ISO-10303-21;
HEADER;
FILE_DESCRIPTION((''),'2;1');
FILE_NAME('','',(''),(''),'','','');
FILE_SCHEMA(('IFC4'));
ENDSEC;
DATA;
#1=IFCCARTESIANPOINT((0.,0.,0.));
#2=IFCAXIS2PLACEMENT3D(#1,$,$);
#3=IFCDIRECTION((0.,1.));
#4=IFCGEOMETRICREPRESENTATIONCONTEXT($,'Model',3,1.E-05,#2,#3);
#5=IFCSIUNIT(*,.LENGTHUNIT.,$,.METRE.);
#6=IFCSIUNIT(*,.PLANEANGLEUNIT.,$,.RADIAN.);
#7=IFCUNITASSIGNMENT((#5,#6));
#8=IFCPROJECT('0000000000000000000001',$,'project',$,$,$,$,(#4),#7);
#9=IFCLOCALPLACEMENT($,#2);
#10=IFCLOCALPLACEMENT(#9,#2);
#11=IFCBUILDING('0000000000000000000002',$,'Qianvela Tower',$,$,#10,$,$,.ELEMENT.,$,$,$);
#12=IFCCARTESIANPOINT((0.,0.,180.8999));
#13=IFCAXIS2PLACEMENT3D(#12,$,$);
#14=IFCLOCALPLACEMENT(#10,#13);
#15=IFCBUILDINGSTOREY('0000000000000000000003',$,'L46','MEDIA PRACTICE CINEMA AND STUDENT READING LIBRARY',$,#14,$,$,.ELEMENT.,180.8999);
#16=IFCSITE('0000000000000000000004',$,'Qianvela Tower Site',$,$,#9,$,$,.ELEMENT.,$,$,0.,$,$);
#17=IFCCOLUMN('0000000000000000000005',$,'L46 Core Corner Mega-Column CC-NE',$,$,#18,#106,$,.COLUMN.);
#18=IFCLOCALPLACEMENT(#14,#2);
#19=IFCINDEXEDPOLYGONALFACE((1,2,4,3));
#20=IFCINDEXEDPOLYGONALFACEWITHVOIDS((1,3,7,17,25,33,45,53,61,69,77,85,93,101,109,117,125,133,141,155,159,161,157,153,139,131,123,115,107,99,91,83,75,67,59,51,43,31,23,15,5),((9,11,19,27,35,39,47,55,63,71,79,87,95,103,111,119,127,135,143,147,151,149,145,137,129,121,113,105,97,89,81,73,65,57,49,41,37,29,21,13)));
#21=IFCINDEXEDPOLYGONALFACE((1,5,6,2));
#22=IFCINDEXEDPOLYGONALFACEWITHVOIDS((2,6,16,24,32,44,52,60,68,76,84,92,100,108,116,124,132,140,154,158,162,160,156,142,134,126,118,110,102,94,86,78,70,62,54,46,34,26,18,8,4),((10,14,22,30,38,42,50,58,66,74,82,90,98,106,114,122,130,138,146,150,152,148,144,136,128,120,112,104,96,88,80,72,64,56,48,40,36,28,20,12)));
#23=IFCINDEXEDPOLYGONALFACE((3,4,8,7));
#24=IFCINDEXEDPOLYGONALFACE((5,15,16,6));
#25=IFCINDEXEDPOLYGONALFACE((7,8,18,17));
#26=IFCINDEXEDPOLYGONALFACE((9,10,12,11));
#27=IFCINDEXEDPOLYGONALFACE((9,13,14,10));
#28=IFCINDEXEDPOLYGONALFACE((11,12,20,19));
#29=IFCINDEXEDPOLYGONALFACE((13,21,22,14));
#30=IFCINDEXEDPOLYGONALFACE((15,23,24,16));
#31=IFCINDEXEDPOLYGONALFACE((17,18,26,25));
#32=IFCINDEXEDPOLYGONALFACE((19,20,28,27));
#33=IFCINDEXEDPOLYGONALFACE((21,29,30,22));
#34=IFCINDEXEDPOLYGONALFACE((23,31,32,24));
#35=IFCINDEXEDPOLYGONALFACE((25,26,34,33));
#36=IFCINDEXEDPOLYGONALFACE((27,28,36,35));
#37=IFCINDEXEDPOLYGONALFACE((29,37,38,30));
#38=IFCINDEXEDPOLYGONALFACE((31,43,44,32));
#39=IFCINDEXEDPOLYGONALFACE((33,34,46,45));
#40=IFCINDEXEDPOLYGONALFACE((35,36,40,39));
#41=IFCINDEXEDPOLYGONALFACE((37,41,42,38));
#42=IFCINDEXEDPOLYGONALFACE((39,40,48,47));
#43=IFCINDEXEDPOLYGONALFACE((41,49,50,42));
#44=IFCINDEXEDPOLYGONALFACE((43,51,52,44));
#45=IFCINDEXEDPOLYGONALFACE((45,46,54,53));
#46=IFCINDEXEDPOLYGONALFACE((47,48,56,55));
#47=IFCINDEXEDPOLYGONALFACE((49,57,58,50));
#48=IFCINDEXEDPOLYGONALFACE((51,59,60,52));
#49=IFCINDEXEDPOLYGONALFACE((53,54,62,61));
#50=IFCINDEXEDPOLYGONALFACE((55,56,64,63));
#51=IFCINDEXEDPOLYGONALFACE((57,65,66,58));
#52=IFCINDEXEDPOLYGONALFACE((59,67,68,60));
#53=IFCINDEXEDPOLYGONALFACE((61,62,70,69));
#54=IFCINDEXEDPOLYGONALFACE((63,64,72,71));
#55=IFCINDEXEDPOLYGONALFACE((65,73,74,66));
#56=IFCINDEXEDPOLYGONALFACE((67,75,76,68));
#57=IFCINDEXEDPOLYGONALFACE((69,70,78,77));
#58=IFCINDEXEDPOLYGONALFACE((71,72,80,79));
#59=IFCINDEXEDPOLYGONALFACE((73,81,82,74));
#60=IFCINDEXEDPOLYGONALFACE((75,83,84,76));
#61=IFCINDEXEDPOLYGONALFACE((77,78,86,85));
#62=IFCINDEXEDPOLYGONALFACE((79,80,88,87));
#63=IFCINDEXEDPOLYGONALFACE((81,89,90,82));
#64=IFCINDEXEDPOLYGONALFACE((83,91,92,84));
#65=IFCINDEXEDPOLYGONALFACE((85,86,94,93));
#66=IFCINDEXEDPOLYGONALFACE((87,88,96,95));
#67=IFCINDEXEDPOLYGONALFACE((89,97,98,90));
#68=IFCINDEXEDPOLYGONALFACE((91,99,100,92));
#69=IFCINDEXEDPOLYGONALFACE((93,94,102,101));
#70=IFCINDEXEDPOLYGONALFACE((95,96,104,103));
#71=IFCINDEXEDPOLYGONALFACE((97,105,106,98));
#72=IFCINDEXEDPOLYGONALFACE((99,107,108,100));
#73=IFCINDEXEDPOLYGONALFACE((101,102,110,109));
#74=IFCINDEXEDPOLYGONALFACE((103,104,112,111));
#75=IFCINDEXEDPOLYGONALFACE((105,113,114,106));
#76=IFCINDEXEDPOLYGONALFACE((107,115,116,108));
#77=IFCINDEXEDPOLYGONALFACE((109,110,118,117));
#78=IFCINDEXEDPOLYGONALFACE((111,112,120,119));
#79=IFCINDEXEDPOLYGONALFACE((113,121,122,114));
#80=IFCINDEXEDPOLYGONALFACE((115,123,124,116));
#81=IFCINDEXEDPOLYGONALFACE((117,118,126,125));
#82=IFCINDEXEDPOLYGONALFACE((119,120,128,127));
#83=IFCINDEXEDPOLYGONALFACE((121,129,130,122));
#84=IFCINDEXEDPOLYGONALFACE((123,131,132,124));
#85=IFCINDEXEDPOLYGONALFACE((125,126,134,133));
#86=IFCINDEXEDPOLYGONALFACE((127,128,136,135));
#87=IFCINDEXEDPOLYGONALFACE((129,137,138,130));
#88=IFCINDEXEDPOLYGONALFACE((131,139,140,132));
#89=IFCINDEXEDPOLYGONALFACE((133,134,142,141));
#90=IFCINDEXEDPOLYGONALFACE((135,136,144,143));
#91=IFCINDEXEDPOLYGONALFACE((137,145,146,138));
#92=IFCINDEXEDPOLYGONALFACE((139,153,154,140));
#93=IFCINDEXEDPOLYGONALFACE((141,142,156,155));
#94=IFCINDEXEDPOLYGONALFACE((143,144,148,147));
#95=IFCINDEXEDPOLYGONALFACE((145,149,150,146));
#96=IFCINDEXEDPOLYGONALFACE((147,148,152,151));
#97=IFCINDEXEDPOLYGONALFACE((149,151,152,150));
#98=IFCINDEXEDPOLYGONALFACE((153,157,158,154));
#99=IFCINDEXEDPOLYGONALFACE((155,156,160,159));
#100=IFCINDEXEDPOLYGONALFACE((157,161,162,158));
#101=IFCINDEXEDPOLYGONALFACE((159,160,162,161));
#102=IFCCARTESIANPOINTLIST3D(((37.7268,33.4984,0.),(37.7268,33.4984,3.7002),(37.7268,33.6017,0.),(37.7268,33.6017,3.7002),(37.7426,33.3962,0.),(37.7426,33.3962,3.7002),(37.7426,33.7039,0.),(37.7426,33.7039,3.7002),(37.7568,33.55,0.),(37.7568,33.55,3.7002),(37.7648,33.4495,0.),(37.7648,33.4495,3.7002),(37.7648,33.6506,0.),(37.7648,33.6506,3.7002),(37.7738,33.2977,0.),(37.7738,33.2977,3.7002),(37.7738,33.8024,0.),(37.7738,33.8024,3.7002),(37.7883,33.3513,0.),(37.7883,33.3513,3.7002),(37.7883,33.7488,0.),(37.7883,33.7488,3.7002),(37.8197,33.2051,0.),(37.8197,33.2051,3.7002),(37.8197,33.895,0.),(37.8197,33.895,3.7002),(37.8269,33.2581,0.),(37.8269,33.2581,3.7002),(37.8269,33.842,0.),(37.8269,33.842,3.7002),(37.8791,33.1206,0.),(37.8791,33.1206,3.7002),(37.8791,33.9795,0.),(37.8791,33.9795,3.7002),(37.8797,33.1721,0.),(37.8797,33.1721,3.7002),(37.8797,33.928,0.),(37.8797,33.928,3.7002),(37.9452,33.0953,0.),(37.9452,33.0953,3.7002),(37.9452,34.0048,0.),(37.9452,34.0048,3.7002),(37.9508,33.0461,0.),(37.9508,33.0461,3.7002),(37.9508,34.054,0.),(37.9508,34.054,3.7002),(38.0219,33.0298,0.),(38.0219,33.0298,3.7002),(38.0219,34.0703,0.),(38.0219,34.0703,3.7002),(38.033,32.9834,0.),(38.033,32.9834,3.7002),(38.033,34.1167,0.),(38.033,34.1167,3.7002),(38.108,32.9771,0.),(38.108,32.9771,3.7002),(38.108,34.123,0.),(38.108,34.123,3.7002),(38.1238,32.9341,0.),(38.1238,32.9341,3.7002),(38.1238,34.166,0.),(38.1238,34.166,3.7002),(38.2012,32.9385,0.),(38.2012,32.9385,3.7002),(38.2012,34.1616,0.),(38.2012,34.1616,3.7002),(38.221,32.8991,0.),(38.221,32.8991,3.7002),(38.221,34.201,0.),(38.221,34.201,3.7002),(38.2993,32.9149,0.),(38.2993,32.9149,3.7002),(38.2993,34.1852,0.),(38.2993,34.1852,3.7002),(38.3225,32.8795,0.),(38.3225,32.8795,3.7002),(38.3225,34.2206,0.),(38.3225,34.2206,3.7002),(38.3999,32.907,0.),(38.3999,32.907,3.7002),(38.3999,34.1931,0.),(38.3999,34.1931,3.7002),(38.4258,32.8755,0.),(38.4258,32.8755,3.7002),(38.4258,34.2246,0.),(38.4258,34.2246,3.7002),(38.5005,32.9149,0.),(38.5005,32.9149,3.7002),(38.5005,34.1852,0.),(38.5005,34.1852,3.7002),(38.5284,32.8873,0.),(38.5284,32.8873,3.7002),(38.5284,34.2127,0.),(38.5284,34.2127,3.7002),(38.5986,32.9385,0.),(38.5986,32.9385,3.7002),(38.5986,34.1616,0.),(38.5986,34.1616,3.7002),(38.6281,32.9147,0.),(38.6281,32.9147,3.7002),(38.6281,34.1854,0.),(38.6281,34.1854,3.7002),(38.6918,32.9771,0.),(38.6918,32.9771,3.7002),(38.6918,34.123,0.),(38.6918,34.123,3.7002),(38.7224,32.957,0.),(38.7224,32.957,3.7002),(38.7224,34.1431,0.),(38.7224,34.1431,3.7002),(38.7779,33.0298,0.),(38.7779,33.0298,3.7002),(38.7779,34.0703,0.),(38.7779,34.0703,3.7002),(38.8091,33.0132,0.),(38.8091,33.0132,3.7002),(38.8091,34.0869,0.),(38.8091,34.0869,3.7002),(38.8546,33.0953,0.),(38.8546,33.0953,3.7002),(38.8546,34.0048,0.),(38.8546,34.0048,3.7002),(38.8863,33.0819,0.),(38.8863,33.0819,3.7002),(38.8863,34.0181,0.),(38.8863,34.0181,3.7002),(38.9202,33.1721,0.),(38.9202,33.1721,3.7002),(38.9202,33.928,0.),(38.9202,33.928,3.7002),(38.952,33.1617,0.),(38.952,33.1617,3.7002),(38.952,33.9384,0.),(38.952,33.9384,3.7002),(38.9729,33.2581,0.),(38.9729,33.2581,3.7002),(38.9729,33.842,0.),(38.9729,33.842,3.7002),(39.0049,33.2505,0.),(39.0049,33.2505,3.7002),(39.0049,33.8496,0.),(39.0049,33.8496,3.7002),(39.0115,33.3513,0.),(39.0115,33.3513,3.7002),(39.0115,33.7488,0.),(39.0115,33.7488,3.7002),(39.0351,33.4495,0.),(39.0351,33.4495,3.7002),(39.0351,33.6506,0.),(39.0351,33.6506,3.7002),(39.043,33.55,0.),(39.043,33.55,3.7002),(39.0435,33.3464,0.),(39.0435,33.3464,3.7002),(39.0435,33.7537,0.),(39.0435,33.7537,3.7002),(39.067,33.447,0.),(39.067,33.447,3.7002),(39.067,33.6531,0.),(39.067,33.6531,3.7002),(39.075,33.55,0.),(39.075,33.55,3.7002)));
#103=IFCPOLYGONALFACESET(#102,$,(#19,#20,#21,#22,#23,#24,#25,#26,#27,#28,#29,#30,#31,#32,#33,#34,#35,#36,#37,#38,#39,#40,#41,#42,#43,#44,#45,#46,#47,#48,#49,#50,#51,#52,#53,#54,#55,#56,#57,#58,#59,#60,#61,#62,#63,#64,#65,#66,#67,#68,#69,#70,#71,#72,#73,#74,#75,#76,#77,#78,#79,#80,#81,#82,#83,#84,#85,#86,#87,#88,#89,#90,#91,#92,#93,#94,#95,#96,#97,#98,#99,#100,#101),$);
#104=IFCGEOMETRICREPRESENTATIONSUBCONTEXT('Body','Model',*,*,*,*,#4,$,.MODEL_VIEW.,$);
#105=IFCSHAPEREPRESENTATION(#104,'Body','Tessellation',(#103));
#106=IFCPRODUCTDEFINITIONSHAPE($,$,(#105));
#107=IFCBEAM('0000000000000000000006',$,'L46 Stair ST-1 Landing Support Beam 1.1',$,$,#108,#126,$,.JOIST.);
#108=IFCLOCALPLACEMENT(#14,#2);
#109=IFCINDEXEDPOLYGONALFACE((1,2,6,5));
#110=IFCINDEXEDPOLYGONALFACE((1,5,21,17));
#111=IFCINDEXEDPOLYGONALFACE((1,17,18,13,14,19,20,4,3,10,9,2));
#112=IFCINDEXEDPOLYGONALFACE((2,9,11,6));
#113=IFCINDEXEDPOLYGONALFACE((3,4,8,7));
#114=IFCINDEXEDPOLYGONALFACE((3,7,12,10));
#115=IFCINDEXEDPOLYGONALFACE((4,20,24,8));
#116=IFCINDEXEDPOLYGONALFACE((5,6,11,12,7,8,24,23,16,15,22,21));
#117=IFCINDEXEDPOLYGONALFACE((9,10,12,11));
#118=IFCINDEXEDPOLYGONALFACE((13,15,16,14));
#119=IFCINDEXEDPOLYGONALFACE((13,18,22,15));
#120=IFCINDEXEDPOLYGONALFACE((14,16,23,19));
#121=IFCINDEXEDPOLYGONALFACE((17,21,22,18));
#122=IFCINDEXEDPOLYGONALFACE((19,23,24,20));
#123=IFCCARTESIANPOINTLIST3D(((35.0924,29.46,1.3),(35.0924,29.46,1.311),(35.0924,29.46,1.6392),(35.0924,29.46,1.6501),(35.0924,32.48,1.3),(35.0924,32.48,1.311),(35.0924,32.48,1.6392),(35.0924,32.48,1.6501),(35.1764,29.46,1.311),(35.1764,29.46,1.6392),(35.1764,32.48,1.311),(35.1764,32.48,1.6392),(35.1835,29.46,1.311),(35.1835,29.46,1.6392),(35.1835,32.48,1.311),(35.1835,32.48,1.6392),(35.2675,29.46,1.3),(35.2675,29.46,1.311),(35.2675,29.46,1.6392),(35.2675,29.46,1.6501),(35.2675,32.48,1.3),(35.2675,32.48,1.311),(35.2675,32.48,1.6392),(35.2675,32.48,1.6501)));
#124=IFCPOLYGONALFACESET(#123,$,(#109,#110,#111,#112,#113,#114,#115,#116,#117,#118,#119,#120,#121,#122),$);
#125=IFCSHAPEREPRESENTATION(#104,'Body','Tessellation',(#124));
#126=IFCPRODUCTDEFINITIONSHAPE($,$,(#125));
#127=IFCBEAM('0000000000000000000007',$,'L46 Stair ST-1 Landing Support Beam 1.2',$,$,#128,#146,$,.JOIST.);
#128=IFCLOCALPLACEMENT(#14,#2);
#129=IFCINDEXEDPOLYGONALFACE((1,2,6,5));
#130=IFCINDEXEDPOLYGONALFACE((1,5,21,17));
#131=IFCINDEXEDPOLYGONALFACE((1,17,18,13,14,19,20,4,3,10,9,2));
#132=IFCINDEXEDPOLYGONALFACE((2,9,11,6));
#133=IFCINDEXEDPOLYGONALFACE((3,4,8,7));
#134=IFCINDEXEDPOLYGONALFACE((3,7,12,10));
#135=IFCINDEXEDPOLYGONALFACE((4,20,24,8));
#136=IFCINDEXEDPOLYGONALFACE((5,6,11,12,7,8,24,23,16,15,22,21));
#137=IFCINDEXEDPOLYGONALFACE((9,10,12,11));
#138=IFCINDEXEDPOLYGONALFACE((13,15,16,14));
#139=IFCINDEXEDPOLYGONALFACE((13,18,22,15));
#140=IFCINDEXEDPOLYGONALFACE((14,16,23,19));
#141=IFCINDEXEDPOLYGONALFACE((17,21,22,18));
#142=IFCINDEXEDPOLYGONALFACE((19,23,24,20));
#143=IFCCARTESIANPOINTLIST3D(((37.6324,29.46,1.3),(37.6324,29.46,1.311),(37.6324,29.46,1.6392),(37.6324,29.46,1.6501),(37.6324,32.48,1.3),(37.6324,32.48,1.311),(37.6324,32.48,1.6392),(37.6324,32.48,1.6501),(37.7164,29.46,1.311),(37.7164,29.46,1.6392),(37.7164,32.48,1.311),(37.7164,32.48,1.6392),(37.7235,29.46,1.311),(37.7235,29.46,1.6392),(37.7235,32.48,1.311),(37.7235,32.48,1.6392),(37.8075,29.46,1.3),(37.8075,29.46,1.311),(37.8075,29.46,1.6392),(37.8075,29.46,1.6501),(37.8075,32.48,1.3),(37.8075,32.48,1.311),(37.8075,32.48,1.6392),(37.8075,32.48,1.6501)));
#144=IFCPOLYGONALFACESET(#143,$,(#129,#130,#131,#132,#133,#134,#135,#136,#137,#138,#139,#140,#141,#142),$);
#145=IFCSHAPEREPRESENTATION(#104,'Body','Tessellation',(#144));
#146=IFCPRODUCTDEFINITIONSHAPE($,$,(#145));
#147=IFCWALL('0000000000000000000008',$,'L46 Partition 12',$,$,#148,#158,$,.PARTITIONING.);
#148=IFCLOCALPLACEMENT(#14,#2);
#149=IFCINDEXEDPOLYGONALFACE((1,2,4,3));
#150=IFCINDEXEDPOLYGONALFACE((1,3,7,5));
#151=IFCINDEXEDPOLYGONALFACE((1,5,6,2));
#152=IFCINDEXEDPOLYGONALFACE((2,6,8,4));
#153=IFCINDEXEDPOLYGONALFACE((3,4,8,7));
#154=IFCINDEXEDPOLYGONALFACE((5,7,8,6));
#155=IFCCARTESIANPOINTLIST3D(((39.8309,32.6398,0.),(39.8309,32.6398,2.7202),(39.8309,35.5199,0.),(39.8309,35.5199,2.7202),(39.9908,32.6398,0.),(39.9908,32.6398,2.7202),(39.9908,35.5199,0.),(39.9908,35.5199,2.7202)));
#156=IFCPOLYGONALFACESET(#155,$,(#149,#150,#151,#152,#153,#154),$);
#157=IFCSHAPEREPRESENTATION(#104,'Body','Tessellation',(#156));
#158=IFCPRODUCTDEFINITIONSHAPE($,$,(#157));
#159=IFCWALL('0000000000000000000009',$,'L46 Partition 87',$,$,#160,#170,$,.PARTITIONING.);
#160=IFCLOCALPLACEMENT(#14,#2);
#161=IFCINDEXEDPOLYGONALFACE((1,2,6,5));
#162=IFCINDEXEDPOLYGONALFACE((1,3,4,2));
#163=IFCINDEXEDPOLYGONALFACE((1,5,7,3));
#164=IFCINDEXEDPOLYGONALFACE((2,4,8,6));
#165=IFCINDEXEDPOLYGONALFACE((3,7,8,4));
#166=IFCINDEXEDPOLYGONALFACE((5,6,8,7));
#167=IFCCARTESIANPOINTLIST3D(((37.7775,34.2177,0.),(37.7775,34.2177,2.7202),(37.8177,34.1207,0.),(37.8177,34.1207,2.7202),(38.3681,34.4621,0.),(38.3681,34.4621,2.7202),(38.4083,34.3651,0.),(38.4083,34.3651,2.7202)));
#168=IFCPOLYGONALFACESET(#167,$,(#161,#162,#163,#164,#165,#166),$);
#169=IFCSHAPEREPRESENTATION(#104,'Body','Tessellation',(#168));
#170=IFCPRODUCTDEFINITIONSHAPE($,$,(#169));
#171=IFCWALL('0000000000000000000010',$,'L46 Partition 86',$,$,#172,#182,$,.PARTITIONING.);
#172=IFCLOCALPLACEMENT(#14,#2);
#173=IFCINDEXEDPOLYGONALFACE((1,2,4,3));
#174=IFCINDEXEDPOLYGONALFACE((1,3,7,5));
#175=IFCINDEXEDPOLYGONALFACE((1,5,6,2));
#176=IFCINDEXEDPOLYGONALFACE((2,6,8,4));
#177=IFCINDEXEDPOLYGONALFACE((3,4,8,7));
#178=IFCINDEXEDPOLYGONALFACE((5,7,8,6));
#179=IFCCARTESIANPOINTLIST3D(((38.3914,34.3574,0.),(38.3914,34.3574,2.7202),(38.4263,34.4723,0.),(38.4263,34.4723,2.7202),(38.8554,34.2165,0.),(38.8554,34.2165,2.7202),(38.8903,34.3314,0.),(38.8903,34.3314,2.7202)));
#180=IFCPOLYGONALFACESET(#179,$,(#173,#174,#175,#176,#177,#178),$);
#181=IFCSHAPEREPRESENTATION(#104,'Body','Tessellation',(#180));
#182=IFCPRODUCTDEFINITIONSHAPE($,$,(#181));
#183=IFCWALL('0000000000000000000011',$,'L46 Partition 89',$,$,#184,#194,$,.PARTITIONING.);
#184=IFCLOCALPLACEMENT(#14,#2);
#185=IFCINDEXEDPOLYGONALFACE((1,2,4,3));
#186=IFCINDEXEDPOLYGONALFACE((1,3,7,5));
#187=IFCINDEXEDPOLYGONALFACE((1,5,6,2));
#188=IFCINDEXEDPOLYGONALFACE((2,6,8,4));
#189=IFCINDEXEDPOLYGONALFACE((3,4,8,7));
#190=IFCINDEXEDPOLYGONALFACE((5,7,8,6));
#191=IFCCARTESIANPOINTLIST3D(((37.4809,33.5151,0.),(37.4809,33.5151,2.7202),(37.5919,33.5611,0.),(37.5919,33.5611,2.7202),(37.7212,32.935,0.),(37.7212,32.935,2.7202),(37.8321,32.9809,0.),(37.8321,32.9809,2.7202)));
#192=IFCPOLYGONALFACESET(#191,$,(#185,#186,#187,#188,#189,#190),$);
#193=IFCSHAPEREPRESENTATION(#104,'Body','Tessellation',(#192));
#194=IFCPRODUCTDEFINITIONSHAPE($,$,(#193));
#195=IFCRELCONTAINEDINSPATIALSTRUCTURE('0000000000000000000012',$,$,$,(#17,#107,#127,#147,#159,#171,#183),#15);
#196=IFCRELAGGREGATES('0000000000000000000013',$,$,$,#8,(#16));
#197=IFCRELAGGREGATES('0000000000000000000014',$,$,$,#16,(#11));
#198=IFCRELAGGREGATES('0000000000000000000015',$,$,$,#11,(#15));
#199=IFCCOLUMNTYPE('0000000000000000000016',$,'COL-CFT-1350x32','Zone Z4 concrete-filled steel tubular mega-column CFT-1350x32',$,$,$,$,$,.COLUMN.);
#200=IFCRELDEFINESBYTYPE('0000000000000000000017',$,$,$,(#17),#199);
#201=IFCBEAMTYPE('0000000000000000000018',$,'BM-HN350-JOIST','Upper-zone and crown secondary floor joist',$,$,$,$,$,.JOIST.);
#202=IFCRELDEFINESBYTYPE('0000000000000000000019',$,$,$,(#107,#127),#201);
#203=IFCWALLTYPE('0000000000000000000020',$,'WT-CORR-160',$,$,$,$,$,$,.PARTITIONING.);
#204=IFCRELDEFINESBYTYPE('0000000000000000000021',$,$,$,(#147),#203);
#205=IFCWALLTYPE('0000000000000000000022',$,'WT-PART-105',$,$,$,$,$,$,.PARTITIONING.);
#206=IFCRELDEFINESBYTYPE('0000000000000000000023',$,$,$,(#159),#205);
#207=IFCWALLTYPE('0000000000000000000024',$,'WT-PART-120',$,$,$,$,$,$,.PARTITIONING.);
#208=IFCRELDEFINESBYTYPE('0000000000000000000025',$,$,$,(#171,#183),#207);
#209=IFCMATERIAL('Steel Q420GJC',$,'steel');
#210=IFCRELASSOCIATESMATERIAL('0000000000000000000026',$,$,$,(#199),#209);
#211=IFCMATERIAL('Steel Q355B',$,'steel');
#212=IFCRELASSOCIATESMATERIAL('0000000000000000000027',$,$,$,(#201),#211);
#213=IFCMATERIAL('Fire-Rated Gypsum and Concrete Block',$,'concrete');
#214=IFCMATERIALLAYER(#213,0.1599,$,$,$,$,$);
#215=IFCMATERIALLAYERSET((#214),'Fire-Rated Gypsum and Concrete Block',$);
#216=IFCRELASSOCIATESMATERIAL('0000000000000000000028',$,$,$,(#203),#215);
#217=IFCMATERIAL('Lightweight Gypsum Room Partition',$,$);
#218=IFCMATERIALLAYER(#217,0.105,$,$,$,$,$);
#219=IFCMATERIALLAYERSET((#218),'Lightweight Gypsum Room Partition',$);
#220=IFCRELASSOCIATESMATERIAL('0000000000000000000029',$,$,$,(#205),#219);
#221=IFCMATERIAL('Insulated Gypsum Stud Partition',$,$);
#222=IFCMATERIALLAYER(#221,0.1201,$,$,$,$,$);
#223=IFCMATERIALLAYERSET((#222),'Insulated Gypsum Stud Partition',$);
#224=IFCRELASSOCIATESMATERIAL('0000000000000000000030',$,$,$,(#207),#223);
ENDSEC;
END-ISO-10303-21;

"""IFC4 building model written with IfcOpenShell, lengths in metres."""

from ifc_helpers import new_model, si_unit, direction, frame, frame_2d, origin, origin_2d, place, context, subcontext, project, spatial, rectangle, hollow_circle, i_section, extrude, material, layer, layer_set, material_profile, profile_set, type_object, element, save


model = new_model("IFC4")

# Units and contexts
model_context = context("Model", 3, precision=1e-05, world=origin(), true_north=direction((0.0, 1.0)))
body_context = subcontext(model_context, "Body", "Model", "MODEL_VIEW")
ifc_project = project(units=[si_unit("LENGTHUNIT", "METRE"), si_unit("PLANEANGLEUNIT", "RADIAN")], contexts=[model_context])

# Site, building, storey
site_placement = place(None, origin())
site = spatial("IfcSite", under=ifc_project, at=site_placement, Name="Qianvela Tower Site", CompositionType="ELEMENT", RefElevation=0.0)
building_placement = place(site_placement, origin())
building = spatial("IfcBuilding", under=site, at=building_placement, Name="Qianvela Tower", CompositionType="ELEMENT")
storey_placement = place(building_placement, frame((0.0, 0.0, 180.8999)))
storey = spatial("IfcBuildingStorey", under=building, at=storey_placement, Name="L46", Description="MEDIA PRACTICE CINEMA AND STUDENT READING LIBRARY", CompositionType="ELEMENT", Elevation=180.8999)

# Column
ifc_material_1 = material(Name="Steel Q420GJC", Category="steel")
ifc_material_profile_1 = material_profile(ifc_material_1, hollow_circle(Radius=0.675, WallThickness=0.032, at=origin_2d()), Name="CFT-1350x32")
ifc_profile_set_1 = profile_set([ifc_material_profile_1], Name="Steel Q420GJC")
column_type = type_object("IfcColumnType", Name="COL-CFT-1350x32", Description="Zone Z4 concrete-filled steel tubular mega-column CFT-1350x32", PredefinedType="COLUMN", material=ifc_profile_set_1)
column_placement = place(storey_placement, frame((38.3999, 33.55, 0.0), z_axis=(0.0, 0.0, 1.0), x_axis=(1.0, 0.0, 0.0)))
element("IfcColumn", 1, at=column_placement, inside=storey, type_object=column_type, Name="L46 Core Corner Mega-Column CC-NE", PredefinedType="COLUMN", context=body_context, shape_type="SweptSolid", body=[
    extrude(hollow_circle(Radius=0.675, WallThickness=0.032, at=origin_2d()), origin(), (0.0, 0.0, 1.0), 3.7002),
])

# Beams
ifc_material_2 = material(Name="Steel Q355B", Category="steel")
ifc_material_profile_2 = material_profile(ifc_material_2, i_section(OverallWidth=0.175, OverallDepth=0.3501, WebThickness=0.0071, FlangeThickness=0.011, at=origin_2d()), Name="HN350x175x7x11")
ifc_profile_set_2 = profile_set([ifc_material_profile_2], Name="Steel Q355B")
beam_type = type_object("IfcBeamType", Name="BM-HN350-JOIST", Description="Upper-zone and crown secondary floor joist", PredefinedType="JOIST", material=ifc_profile_set_2)
for number, where, z_axis, x_axis, name in (
    (2, (35.1799, 29.46, 1.4751), (0.0, 1.0, 0.0), (-1.0, 0.0, 0.0), "L46 Stair ST-1 Landing Support Beam 1.1"),
    (3, (37.72, 29.46, 1.4751), (0.0, 1.0, 0.0), (-1.0, 0.0, 0.0), "L46 Stair ST-1 Landing Support Beam 1.2"),
):
    element("IfcBeam", number, at=place(storey_placement, frame(where, z_axis=z_axis, x_axis=x_axis)), inside=storey, type_object=beam_type, Name=name, PredefinedType="JOIST", context=body_context, shape_type="SweptSolid", body=[
        extrude(i_section(OverallWidth=0.175, OverallDepth=0.3501, WebThickness=0.0071, FlangeThickness=0.011, at=origin_2d()), origin(), (0.0, 0.0, 1.0), 3.02),
    ])

# Walls
ifc_material_3 = material(Name="Fire-Rated Gypsum and Concrete Block", Category="concrete")
ifc_layer_1 = layer(ifc_material_3, 0.1599)
ifc_layer_set_1 = layer_set([ifc_layer_1], Name="Fire-Rated Gypsum and Concrete Block")
wall_type_1 = type_object("IfcWallType", Name="WT-CORR-160", PredefinedType="PARTITIONING", material=ifc_layer_set_1)
wall_1_placement = place(storey_placement, frame((39.9109, 32.6399, 0.0), z_axis=(0.0, 0.0, 1.0), x_axis=(0.0, 1.0, 0.0)))
element("IfcWall", 4, at=wall_1_placement, inside=storey, type_object=wall_type_1, Name="L46 Partition 12", PredefinedType="PARTITIONING", context=body_context, shape_type="SweptSolid", body=[
    extrude(rectangle(XDim=2.8801, YDim=0.1599, at=frame_2d((1.4399, 0.0))), origin(), (0.0, 0.0, 1.0), 2.7202),
])
ifc_material_4 = material(Name="Lightweight Gypsum Room Partition")
ifc_layer_2 = layer(ifc_material_4, 0.105)
ifc_layer_set_2 = layer_set([ifc_layer_2], Name="Lightweight Gypsum Room Partition")
wall_type_2 = type_object("IfcWallType", Name="WT-PART-105", PredefinedType="PARTITIONING", material=ifc_layer_set_2)
wall_2_placement = place(storey_placement, frame((38.3882, 34.4136, 0.0), z_axis=(0.0, 0.0, 1.0), x_axis=(-0.924012, -0.382363, 0.0)))
element("IfcWall", 5, at=wall_2_placement, inside=storey, type_object=wall_type_2, Name="L46 Partition 87", PredefinedType="PARTITIONING", context=body_context, shape_type="SweptSolid", body=[
    extrude(rectangle(XDim=0.6392, YDim=0.105, at=frame_2d((0.3196, 0.0))), origin(), (0.0, 0.0, 1.0), 2.7202),
])
ifc_material_5 = material(Name="Insulated Gypsum Stud Partition")
ifc_layer_3 = layer(ifc_material_5, 0.1201)
ifc_layer_set_3 = layer_set([ifc_layer_3], Name="Insulated Gypsum Stud Partition")
wall_type_3 = type_object("IfcWallType", Name="WT-PART-120", PredefinedType="PARTITIONING", material=ifc_layer_set_3)
wall_3_placement = place(storey_placement, frame((38.8728, 34.2739, 0.0), z_axis=(0.0, 0.0, 1.0), x_axis=(-0.956851, 0.29058, 0.0)))
element("IfcWall", 6, at=wall_3_placement, inside=storey, type_object=wall_type_3, Name="L46 Partition 86", PredefinedType="PARTITIONING", context=body_context, shape_type="SweptSolid", body=[
    extrude(rectangle(XDim=0.4849, YDim=0.1201, at=frame_2d((0.2424, 0.0))), origin(), (0.0, 0.0, 1.0), 2.7202),
])
wall_4_placement = place(storey_placement, frame((37.5364, 33.5381, 0.0), z_axis=(0.0, 0.0, 1.0), x_axis=(0.382627, -0.923903, 0.0)))
element("IfcWall", 7, at=wall_4_placement, inside=storey, type_object=wall_type_3, Name="L46 Partition 89", PredefinedType="PARTITIONING", context=body_context, shape_type="SweptSolid", body=[
    extrude(rectangle(XDim=0.6279, YDim=0.1201, at=frame_2d((0.314, 0.0))), origin(), (0.0, 0.0, 1.0), 2.7202),
])

save(model, "model.ifc")
